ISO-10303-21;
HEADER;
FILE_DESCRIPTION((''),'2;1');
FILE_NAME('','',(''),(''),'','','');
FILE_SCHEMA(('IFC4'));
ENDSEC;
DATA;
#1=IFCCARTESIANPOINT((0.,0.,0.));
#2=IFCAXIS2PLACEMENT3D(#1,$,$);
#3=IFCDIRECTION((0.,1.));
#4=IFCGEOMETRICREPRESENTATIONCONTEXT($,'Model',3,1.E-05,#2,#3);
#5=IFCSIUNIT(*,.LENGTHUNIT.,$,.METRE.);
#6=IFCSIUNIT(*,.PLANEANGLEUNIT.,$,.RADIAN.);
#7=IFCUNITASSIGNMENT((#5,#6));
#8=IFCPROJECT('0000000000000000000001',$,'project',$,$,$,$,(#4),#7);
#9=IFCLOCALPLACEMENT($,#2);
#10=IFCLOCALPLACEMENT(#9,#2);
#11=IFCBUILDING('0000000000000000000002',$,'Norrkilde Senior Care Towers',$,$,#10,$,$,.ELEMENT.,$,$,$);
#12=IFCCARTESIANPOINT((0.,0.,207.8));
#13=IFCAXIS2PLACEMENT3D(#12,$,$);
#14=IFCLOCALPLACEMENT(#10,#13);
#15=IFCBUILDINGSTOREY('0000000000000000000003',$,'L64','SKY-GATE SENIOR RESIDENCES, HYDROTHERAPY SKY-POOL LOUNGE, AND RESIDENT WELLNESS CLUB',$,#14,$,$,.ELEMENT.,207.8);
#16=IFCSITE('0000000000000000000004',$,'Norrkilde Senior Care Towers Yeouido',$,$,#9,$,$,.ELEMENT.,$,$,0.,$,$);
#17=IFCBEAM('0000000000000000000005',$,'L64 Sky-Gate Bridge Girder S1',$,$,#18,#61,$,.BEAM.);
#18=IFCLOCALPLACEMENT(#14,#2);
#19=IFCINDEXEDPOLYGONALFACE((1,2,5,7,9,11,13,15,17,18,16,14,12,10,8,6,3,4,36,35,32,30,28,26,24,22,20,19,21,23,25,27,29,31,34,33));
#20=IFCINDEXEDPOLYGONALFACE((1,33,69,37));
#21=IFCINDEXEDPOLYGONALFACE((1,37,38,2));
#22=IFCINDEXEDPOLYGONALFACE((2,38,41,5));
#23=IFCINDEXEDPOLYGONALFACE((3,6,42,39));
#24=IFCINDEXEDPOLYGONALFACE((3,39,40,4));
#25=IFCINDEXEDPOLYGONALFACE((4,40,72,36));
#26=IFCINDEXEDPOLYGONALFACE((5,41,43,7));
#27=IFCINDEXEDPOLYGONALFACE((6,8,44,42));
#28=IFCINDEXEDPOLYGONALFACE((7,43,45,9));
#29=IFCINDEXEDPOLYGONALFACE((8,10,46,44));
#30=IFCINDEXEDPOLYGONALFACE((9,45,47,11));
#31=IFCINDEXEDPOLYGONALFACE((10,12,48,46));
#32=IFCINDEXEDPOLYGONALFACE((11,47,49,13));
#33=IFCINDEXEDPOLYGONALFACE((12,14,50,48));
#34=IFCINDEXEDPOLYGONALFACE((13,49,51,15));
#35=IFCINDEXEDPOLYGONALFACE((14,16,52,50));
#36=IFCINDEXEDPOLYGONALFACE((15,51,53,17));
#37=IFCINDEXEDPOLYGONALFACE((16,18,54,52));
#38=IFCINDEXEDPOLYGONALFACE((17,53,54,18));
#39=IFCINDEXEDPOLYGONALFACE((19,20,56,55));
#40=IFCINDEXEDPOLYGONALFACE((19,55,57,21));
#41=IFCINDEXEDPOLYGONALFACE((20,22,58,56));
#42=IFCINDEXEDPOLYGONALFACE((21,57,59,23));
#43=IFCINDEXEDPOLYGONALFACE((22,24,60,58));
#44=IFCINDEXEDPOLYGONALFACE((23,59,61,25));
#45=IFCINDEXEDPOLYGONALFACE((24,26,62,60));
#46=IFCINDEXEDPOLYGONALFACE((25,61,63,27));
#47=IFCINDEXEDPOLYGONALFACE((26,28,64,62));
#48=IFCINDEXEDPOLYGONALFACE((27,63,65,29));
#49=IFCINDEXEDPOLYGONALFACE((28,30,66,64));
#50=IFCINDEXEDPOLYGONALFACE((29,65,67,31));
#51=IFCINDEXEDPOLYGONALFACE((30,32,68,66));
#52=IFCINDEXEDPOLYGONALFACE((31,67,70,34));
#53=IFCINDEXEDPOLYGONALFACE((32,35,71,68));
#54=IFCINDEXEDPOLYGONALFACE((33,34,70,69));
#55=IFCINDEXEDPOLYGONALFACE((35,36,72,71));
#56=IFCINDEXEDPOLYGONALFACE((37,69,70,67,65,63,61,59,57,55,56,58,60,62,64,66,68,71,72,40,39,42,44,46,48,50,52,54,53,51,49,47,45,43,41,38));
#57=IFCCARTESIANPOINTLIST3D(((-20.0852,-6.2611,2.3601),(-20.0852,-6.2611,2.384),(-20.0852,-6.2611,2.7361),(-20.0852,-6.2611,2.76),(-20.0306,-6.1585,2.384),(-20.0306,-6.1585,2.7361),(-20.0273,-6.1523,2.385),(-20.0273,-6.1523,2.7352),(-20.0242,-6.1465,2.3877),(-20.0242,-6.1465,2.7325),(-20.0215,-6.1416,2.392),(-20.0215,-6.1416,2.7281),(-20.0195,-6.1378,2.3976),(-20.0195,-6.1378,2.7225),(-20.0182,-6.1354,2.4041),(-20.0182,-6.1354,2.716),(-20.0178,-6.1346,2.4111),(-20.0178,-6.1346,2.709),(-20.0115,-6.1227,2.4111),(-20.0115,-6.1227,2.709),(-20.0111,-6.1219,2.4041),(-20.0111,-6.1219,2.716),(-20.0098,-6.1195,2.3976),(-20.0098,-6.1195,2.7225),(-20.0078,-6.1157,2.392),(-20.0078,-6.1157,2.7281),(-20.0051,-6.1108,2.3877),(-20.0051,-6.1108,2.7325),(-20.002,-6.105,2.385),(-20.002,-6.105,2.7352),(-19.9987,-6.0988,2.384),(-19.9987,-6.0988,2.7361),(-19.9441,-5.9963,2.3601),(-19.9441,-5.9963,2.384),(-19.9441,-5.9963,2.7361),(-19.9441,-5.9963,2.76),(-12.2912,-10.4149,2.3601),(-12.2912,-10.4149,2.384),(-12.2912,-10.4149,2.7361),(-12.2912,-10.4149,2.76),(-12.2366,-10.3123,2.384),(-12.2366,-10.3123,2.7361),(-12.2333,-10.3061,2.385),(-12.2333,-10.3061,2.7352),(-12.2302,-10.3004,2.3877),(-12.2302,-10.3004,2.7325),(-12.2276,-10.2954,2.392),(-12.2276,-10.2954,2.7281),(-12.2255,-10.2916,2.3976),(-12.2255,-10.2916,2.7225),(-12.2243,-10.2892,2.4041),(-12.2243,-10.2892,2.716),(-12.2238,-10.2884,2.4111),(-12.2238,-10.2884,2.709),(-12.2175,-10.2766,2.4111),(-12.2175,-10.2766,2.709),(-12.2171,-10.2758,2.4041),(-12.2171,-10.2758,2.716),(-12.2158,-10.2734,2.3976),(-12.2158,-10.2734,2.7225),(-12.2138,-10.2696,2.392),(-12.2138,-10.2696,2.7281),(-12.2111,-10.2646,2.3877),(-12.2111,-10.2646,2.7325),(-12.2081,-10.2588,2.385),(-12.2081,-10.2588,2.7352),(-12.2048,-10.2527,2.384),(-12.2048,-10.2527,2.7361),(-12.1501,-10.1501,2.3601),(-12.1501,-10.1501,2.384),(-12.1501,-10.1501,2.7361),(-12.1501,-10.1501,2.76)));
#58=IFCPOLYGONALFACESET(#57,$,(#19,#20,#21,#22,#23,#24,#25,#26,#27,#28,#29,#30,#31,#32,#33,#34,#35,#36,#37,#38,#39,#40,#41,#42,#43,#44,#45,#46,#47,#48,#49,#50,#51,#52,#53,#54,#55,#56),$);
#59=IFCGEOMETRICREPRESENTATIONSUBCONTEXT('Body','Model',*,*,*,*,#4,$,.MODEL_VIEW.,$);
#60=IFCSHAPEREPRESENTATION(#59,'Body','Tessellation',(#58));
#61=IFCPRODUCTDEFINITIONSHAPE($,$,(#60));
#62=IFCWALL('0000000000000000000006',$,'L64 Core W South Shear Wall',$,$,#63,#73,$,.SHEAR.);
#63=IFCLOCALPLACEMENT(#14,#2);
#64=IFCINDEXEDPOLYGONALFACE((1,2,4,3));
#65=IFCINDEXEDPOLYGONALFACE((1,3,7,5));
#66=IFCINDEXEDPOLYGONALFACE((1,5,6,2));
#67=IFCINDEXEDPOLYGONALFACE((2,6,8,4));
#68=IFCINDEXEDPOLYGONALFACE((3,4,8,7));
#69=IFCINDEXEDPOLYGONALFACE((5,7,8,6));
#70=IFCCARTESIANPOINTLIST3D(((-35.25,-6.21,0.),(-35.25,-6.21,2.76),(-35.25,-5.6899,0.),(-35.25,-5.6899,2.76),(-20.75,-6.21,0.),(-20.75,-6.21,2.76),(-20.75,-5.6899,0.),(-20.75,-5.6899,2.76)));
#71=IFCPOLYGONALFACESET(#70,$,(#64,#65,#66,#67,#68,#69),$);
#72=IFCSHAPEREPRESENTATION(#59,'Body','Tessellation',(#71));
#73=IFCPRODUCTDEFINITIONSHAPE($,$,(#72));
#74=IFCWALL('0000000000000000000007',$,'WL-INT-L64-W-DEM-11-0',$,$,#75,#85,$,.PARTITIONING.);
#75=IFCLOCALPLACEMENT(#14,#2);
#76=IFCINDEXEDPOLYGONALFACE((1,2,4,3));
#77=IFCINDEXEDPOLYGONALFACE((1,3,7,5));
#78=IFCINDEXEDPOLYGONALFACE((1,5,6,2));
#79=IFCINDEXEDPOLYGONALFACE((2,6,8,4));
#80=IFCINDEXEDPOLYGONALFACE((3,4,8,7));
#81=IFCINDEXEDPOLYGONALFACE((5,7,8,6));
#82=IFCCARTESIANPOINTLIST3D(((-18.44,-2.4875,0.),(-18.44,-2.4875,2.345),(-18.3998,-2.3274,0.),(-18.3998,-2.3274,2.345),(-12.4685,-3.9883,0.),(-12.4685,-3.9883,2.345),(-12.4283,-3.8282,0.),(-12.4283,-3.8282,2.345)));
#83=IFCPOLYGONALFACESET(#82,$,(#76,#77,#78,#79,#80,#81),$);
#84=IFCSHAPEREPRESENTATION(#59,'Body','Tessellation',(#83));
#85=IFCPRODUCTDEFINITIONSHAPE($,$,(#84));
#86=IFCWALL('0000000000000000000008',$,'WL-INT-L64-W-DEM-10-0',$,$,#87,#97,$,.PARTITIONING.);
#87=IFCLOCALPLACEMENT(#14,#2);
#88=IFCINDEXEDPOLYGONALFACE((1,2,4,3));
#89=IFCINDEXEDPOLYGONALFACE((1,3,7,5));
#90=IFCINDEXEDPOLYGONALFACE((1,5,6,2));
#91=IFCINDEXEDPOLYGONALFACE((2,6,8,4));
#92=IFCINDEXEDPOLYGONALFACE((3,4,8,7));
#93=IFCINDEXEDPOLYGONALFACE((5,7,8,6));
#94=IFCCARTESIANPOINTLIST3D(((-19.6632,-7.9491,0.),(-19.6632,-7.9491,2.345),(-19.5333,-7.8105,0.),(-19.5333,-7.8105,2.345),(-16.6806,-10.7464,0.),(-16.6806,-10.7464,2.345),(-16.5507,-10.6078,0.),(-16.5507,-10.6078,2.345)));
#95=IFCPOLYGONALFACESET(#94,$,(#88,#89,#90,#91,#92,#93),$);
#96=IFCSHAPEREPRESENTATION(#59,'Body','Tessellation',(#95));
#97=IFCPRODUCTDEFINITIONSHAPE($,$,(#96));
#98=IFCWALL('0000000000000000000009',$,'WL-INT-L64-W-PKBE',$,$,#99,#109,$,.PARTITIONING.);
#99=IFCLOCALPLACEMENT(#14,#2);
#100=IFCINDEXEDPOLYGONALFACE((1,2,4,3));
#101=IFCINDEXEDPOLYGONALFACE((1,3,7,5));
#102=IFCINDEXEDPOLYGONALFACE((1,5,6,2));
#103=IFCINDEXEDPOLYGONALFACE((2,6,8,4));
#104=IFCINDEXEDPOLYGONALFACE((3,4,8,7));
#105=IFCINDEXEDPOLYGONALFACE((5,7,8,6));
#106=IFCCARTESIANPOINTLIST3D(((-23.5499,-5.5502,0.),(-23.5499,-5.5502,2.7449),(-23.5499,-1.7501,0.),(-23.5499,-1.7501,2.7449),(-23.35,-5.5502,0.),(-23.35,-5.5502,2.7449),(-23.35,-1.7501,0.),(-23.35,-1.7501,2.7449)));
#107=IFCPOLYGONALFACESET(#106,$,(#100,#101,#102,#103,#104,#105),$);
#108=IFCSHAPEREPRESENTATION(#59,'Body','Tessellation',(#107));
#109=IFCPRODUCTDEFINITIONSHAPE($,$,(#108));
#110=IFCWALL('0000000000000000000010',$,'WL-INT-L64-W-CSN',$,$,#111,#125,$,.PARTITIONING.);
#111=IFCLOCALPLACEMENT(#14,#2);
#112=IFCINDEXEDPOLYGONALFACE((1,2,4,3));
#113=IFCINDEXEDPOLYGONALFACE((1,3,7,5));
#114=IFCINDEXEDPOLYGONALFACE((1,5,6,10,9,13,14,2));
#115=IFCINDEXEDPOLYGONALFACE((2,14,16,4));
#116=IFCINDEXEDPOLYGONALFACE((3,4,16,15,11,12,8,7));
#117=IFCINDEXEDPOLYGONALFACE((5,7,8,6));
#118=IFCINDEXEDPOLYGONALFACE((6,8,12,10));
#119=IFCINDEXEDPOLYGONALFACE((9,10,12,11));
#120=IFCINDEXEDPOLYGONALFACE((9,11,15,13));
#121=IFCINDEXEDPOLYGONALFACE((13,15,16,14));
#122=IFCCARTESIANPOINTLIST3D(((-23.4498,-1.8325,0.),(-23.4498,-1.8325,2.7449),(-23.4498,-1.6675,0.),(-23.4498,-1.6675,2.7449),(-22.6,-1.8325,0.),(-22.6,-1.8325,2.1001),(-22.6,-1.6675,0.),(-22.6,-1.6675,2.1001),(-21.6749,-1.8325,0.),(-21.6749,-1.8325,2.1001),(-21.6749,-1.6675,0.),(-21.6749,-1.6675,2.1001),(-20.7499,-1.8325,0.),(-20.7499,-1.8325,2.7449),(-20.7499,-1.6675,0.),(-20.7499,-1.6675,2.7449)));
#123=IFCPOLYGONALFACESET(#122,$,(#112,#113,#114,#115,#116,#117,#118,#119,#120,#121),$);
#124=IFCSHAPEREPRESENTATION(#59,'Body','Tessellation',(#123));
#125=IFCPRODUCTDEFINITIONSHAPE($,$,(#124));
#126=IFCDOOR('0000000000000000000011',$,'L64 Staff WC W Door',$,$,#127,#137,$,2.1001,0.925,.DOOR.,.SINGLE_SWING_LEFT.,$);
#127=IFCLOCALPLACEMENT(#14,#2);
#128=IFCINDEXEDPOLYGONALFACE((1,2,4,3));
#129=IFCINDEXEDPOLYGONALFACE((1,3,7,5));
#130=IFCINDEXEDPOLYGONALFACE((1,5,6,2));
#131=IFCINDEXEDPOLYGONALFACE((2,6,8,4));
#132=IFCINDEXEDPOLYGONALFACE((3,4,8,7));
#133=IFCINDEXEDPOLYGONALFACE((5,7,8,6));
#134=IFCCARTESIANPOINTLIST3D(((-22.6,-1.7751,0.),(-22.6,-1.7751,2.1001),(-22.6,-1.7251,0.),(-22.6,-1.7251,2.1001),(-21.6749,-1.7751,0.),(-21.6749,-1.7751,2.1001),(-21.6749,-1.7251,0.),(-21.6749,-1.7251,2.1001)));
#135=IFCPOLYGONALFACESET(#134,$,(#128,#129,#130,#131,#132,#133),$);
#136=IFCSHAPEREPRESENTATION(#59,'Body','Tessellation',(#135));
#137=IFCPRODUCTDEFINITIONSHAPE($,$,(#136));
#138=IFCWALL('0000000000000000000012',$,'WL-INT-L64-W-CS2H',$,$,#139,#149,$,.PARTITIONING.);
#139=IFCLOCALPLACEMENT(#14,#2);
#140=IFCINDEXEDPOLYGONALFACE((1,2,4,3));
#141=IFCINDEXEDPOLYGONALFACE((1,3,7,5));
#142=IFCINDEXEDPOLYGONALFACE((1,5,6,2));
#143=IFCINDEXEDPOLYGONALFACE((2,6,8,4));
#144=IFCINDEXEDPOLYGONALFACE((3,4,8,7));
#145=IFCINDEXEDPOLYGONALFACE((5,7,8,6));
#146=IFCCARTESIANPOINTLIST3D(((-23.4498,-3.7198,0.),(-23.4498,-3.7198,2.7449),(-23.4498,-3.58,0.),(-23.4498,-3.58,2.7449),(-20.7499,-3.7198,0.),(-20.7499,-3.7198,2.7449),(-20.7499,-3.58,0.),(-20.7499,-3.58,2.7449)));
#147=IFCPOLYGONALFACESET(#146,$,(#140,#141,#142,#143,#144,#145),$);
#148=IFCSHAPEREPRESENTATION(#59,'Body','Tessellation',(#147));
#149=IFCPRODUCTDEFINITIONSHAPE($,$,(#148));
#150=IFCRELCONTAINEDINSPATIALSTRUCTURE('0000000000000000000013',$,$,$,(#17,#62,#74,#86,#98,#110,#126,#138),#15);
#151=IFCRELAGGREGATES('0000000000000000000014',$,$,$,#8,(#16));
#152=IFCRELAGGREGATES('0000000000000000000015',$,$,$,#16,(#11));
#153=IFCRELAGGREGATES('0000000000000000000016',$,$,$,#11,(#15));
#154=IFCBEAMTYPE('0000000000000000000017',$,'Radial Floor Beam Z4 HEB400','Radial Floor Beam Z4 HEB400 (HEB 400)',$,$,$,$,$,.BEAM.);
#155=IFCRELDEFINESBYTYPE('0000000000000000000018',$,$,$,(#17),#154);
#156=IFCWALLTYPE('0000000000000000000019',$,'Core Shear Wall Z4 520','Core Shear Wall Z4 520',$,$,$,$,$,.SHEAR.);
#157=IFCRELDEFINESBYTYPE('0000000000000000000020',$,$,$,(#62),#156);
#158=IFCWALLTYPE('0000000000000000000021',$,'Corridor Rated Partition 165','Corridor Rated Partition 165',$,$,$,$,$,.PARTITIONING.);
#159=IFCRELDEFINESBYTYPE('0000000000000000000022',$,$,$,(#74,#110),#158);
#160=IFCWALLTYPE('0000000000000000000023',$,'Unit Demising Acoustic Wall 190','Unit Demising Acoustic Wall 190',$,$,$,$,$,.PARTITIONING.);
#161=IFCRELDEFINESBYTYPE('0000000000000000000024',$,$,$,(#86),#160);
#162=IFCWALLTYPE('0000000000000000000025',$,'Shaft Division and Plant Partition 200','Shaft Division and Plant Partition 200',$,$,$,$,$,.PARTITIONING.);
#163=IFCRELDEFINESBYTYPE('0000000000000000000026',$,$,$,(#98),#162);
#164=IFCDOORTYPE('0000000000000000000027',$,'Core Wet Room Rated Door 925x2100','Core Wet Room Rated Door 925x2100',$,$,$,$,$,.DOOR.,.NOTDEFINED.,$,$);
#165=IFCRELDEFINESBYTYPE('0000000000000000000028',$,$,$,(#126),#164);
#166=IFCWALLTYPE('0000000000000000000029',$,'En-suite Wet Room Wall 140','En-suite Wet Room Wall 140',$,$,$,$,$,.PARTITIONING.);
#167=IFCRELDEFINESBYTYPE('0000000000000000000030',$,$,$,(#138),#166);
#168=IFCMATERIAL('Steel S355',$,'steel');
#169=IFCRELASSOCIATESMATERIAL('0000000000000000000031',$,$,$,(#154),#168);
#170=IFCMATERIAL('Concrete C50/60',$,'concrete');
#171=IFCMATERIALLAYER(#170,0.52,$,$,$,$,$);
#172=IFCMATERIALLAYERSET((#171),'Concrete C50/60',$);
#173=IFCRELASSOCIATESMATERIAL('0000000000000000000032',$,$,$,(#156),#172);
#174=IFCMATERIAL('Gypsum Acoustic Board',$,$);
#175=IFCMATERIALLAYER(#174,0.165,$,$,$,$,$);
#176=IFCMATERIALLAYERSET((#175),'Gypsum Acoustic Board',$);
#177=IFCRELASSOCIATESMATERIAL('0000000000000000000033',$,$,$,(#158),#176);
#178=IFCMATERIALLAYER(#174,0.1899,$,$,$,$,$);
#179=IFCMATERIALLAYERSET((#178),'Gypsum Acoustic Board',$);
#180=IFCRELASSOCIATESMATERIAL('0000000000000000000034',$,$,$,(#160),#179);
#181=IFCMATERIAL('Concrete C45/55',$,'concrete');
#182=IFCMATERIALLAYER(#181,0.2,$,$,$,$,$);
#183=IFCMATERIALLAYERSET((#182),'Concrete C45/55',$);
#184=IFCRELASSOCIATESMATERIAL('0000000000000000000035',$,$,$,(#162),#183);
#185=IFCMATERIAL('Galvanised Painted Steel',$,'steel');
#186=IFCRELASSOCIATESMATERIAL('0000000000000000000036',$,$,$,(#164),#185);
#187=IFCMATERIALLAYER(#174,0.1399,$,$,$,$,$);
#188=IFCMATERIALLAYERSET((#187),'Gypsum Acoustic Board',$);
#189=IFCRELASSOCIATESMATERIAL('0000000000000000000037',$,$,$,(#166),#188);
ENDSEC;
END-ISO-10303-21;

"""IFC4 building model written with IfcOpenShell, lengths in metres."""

from ifc_helpers import new_model, si_unit, direction, frame, frame_2d, origin, origin_2d, place, context, subcontext, project, spatial, rectangle, i_section, extrude, source, transform, mapped, material, layer, layer_set, material_profile, profile_set, type_object, type_shapes, element, fill, save


model = new_model("IFC4")

# Units and contexts
model_context = context("Model", 3, precision=1e-05, world=origin(), true_north=direction((0.0, 1.0)))
body_context = subcontext(model_context, "Body", "Model", "MODEL_VIEW")
ifc_project = project(units=[si_unit("LENGTHUNIT", "METRE"), si_unit("PLANEANGLEUNIT", "RADIAN")], contexts=[model_context])

# Site, building, storey
site_placement = place(None, origin())
site = spatial("IfcSite", under=ifc_project, at=site_placement, Name="Norrkilde Senior Care Towers Yeouido", CompositionType="ELEMENT", RefElevation=0.0)
building_placement = place(site_placement, origin())
building = spatial("IfcBuilding", under=site, at=building_placement, Name="Norrkilde Senior Care Towers", CompositionType="ELEMENT")
storey_placement = place(building_placement, frame((0.0, 0.0, 207.8)))
storey = spatial("IfcBuildingStorey", under=building, at=storey_placement, Name="L64", Description="SKY-GATE SENIOR RESIDENCES, HYDROTHERAPY SKY-POOL LOUNGE, AND RESIDENT WELLNESS CLUB", CompositionType="ELEMENT", Elevation=207.8)

# Beam
ifc_material_1 = material(Name="Steel S355", Category="steel")
ifc_material_profile_1 = material_profile(ifc_material_1, i_section(OverallWidth=0.3, OverallDepth=0.3999, WebThickness=0.0134, FlangeThickness=0.0239, FilletRadius=0.0271, at=origin_2d()), Name="HEB 400")
ifc_profile_set_1 = profile_set([ifc_material_profile_1], Name="Steel S355")
beam_type_1 = type_object("IfcBeamType", Name="Radial Floor Beam Z4 HEB400", Description="Radial Floor Beam Z4 HEB400 (HEB 400)", PredefinedType="BEAM", material=ifc_profile_set_1)
shared_shape_1 = source(origin(), body_context, "Body", "SweptSolid", [
    extrude(i_section(OverallWidth=0.3, OverallDepth=0.3999, WebThickness=0.0134, FlangeThickness=0.0239, FilletRadius=0.0271, at=origin_2d()), origin(), (0.0, 0.0, 1.0), 8.8318),
])
beam_1_placement = place(storey_placement, frame((-20.0146, -6.1287, 2.5601), z_axis=(0.882492, -0.470327, 0.0), x_axis=(0.470327, 0.882492, 0.0)))
element("IfcBeam", 1, at=beam_1_placement, inside=storey, type_object=beam_type_1, Name="L64 Sky-Gate Bridge Girder S1", PredefinedType="BEAM", context=body_context, shape_type="MappedRepresentation", body=[
    mapped(shared_shape_1, transform((0.0, 0.0, 0.0), x_axis=(1.0, 0.0, 0.0), y_axis=(0.0, 1.0, 0.0), z_axis=(0.0, 0.0, 1.0), scale=1.0)),
])

# Walls
ifc_material_2 = material(Name="Concrete C50/60", Category="concrete")
ifc_layer_1 = layer(ifc_material_2, 0.52)
ifc_layer_set_1 = layer_set([ifc_layer_1], Name="Concrete C50/60")
wall_type_1 = type_object("IfcWallType", Name="Core Shear Wall Z4 520", Description="Core Shear Wall Z4 520", PredefinedType="SHEAR", material=ifc_layer_set_1)
shared_shape_2 = source(origin(), body_context, "Body", "SweptSolid", [
    extrude(rectangle(XDim=14.5, YDim=0.52, at=frame_2d((7.25, 0.0))), origin(), (0.0, 0.0, 1.0), 2.76),
])
type_shapes(wall_type_1, [shared_shape_2])
wall_1_placement = place(storey_placement, frame((-20.75, -5.95, 0.0), z_axis=(0.0, 0.0, 1.0), x_axis=(-1.0, 0.0, 0.0)))
element("IfcWall", 2, at=wall_1_placement, inside=storey, type_object=wall_type_1, Name="L64 Core W South Shear Wall", PredefinedType="SHEAR", context=body_context, shape_type="MappedRepresentation", body=[
    mapped(shared_shape_2, transform((0.0, 0.0, 0.0), x_axis=(1.0, 0.0, 0.0), y_axis=(0.0, 1.0, 0.0), z_axis=(0.0, 0.0, 1.0), scale=1.0)),
])
ifc_material_3 = material(Name="Gypsum Acoustic Board")
ifc_layer_2 = layer(ifc_material_3, 0.165)
ifc_layer_set_2 = layer_set([ifc_layer_2], Name="Gypsum Acoustic Board")
wall_type_2 = type_object("IfcWallType", Name="Corridor Rated Partition 165", Description="Corridor Rated Partition 165", PredefinedType="PARTITIONING", material=ifc_layer_set_2)
shared_shape_3 = source(origin(), body_context, "Body", "SweptSolid", [
    extrude(rectangle(XDim=6.1572, YDim=0.165, at=frame_2d((3.0786, 0.0))), origin(), (0.0, 0.0, 1.0), 2.345),
])
wall_2_placement = place(storey_placement, frame((-18.4199, -2.4075, 0.0), z_axis=(0.0, 0.0, 1.0), x_axis=(0.969841, -0.243739, 0.0)))
element("IfcWall", 3, at=wall_2_placement, inside=storey, type_object=wall_type_2, Name="WL-INT-L64-W-DEM-11-0", PredefinedType="PARTITIONING", context=body_context, shape_type="MappedRepresentation", body=[
    mapped(shared_shape_3, transform((0.0, 0.0, 0.0), x_axis=(1.0, 0.0, 0.0), y_axis=(0.0, 1.0, 0.0), z_axis=(0.0, 0.0, 1.0), scale=1.0)),
])
ifc_layer_3 = layer(ifc_material_3, 0.1899)
ifc_layer_set_3 = layer_set([ifc_layer_3], Name="Gypsum Acoustic Board")
wall_type_3 = type_object("IfcWallType", Name="Unit Demising Acoustic Wall 190", Description="Unit Demising Acoustic Wall 190", PredefinedType="PARTITIONING", material=ifc_layer_set_3)
shared_shape_4 = source(origin(), body_context, "Body", "SweptSolid", [
    extrude(rectangle(XDim=4.0891, YDim=0.1899, at=frame_2d((2.0444, 0.0))), origin(), (0.0, 0.0, 1.0), 2.345),
])
type_shapes(wall_type_3, [shared_shape_4])
wall_3_placement = place(storey_placement, frame((-19.5981, -7.8799, 0.0), z_axis=(0.0, 0.0, 1.0), x_axis=(0.729401, -0.684086, 0.0)))
element("IfcWall", 4, at=wall_3_placement, inside=storey, type_object=wall_type_3, Name="WL-INT-L64-W-DEM-10-0", PredefinedType="PARTITIONING", context=body_context, shape_type="MappedRepresentation", body=[
    mapped(shared_shape_4, transform((0.0, 0.0, 0.0), x_axis=(1.0, 0.0, 0.0), y_axis=(0.0, 1.0, 0.0), z_axis=(0.0, 0.0, 1.0), scale=1.0)),
])
ifc_material_4 = material(Name="Concrete C45/55", Category="concrete")
ifc_layer_4 = layer(ifc_material_4, 0.2)
ifc_layer_set_4 = layer_set([ifc_layer_4], Name="Concrete C45/55")
wall_type_4 = type_object("IfcWallType", Name="Shaft Division and Plant Partition 200", Description="Shaft Division and Plant Partition 200", PredefinedType="PARTITIONING", material=ifc_layer_set_4)
shared_shape_5 = source(origin(), body_context, "Body", "SweptSolid", [
    extrude(rectangle(XDim=3.8, YDim=0.2, at=frame_2d((1.8999, 0.0))), origin(), (0.0, 0.0, 1.0), 2.7449),
])
type_shapes(wall_type_4, [shared_shape_5])
wall_4_placement = place(storey_placement, frame((-23.45, -5.55, 0.0), z_axis=(0.0, 0.0, 1.0), x_axis=(0.0, 1.0, 0.0)))
element("IfcWall", 5, at=wall_4_placement, inside=storey, type_object=wall_type_4, Name="WL-INT-L64-W-PKBE", PredefinedType="PARTITIONING", context=body_context, shape_type="MappedRepresentation", body=[
    mapped(shared_shape_5, transform((0.0, 0.0, 0.0), x_axis=(1.0, 0.0, 0.0), y_axis=(0.0, 1.0, 0.0), z_axis=(0.0, 0.0, 1.0), scale=1.0)),
])

# Wall, opening, door
shared_shape_6 = source(origin(), body_context, "Body", "SweptSolid", [
    extrude(rectangle(XDim=2.7, YDim=0.165, at=frame_2d((1.3501, 0.0))), origin(), (0.0, 0.0, 1.0), 2.7449),
])
wall_5_placement = place(storey_placement, frame((-23.45, -1.75, 0.0), z_axis=(0.0, 0.0, 1.0), x_axis=(1.0, 0.0, 0.0)))
wall_5 = element("IfcWall", 6, at=wall_5_placement, inside=storey, type_object=wall_type_2, Name="WL-INT-L64-W-CSN", PredefinedType="PARTITIONING", context=body_context, shape_type="MappedRepresentation", body=[
    mapped(shared_shape_6, transform((0.0, 0.0, 0.0), x_axis=(1.0, 0.0, 0.0), y_axis=(0.0, 1.0, 0.0), z_axis=(0.0, 0.0, 1.0), scale=1.0)),
])
opening_1_placement = place(wall_5_placement, frame((0.8501, 0.0, 0.0)))
opening_1 = element("IfcOpeningElement", 7, at=opening_1_placement, cuts=wall_5, PredefinedType="OPENING", context=body_context, shape_type="SweptSolid", body=[
    extrude(rectangle(XDim=0.925, YDim=2.1001, at=frame_2d((0.4624, 1.05))), frame((0.0, 0.0925, 0.0), z_axis=(0.0, -1.0, 0.0), x_axis=(1.0, 0.0, 0.0)), (0.0, 0.0, 1.0), 0.1851),
])
ifc_material_5 = material(Name="Galvanised Painted Steel", Category="steel")
door_type_1 = type_object("IfcDoorType", Name="Core Wet Room Rated Door 925x2100", Description="Core Wet Room Rated Door 925x2100", OperationType="NOTDEFINED", PredefinedType="DOOR", material=ifc_material_5)
shared_shape_7 = source(origin(), body_context, "Body", "SweptSolid", [
    extrude(rectangle(XDim=0.925, YDim=2.1001, at=frame_2d((0.4624, 1.05))), frame((0.0, 0.0249, 0.0), z_axis=(0.0, -1.0, 0.0), x_axis=(1.0, 0.0, 0.0)), (0.0, 0.0, 1.0), 0.05),
])
type_shapes(door_type_1, [shared_shape_7])
door_1_placement = place(opening_1_placement, origin())
door_1 = element("IfcDoor", 8, at=door_1_placement, inside=storey, type_object=door_type_1, Name="L64 Staff WC W Door", OperationType="SINGLE_SWING_LEFT", OverallHeight=2.1001, OverallWidth=0.925, PredefinedType="DOOR", context=body_context, shape_type="MappedRepresentation", body=[
    mapped(shared_shape_7, transform((0.0, 0.0, 0.0), x_axis=(1.0, 0.0, 0.0), y_axis=(0.0, 1.0, 0.0), z_axis=(0.0, 0.0, 1.0), scale=1.0)),
])
fill(opening_1, door_1)

# Wall
ifc_layer_5 = layer(ifc_material_3, 0.1399)
ifc_layer_set_5 = layer_set([ifc_layer_5], Name="Gypsum Acoustic Board")
wall_type_5 = type_object("IfcWallType", Name="En-suite Wet Room Wall 140", Description="En-suite Wet Room Wall 140", PredefinedType="PARTITIONING", material=ifc_layer_set_5)
shared_shape_8 = source(origin(), body_context, "Body", "SweptSolid", [
    extrude(rectangle(XDim=2.7, YDim=0.1399, at=frame_2d((1.3501, 0.0))), origin(), (0.0, 0.0, 1.0), 2.7449),
])
type_shapes(wall_type_5, [shared_shape_8])
wall_6_placement = place(storey_placement, frame((-23.45, -3.6499, 0.0), z_axis=(0.0, 0.0, 1.0), x_axis=(1.0, 0.0, 0.0)))
element("IfcWall", 9, at=wall_6_placement, inside=storey, type_object=wall_type_5, Name="WL-INT-L64-W-CS2H", PredefinedType="PARTITIONING", context=body_context, shape_type="MappedRepresentation", body=[
    mapped(shared_shape_8, transform((0.0, 0.0, 0.0), x_axis=(1.0, 0.0, 0.0), y_axis=(0.0, 1.0, 0.0), z_axis=(0.0, 0.0, 1.0), scale=1.0)),
])

save(model, "model.ifc")
